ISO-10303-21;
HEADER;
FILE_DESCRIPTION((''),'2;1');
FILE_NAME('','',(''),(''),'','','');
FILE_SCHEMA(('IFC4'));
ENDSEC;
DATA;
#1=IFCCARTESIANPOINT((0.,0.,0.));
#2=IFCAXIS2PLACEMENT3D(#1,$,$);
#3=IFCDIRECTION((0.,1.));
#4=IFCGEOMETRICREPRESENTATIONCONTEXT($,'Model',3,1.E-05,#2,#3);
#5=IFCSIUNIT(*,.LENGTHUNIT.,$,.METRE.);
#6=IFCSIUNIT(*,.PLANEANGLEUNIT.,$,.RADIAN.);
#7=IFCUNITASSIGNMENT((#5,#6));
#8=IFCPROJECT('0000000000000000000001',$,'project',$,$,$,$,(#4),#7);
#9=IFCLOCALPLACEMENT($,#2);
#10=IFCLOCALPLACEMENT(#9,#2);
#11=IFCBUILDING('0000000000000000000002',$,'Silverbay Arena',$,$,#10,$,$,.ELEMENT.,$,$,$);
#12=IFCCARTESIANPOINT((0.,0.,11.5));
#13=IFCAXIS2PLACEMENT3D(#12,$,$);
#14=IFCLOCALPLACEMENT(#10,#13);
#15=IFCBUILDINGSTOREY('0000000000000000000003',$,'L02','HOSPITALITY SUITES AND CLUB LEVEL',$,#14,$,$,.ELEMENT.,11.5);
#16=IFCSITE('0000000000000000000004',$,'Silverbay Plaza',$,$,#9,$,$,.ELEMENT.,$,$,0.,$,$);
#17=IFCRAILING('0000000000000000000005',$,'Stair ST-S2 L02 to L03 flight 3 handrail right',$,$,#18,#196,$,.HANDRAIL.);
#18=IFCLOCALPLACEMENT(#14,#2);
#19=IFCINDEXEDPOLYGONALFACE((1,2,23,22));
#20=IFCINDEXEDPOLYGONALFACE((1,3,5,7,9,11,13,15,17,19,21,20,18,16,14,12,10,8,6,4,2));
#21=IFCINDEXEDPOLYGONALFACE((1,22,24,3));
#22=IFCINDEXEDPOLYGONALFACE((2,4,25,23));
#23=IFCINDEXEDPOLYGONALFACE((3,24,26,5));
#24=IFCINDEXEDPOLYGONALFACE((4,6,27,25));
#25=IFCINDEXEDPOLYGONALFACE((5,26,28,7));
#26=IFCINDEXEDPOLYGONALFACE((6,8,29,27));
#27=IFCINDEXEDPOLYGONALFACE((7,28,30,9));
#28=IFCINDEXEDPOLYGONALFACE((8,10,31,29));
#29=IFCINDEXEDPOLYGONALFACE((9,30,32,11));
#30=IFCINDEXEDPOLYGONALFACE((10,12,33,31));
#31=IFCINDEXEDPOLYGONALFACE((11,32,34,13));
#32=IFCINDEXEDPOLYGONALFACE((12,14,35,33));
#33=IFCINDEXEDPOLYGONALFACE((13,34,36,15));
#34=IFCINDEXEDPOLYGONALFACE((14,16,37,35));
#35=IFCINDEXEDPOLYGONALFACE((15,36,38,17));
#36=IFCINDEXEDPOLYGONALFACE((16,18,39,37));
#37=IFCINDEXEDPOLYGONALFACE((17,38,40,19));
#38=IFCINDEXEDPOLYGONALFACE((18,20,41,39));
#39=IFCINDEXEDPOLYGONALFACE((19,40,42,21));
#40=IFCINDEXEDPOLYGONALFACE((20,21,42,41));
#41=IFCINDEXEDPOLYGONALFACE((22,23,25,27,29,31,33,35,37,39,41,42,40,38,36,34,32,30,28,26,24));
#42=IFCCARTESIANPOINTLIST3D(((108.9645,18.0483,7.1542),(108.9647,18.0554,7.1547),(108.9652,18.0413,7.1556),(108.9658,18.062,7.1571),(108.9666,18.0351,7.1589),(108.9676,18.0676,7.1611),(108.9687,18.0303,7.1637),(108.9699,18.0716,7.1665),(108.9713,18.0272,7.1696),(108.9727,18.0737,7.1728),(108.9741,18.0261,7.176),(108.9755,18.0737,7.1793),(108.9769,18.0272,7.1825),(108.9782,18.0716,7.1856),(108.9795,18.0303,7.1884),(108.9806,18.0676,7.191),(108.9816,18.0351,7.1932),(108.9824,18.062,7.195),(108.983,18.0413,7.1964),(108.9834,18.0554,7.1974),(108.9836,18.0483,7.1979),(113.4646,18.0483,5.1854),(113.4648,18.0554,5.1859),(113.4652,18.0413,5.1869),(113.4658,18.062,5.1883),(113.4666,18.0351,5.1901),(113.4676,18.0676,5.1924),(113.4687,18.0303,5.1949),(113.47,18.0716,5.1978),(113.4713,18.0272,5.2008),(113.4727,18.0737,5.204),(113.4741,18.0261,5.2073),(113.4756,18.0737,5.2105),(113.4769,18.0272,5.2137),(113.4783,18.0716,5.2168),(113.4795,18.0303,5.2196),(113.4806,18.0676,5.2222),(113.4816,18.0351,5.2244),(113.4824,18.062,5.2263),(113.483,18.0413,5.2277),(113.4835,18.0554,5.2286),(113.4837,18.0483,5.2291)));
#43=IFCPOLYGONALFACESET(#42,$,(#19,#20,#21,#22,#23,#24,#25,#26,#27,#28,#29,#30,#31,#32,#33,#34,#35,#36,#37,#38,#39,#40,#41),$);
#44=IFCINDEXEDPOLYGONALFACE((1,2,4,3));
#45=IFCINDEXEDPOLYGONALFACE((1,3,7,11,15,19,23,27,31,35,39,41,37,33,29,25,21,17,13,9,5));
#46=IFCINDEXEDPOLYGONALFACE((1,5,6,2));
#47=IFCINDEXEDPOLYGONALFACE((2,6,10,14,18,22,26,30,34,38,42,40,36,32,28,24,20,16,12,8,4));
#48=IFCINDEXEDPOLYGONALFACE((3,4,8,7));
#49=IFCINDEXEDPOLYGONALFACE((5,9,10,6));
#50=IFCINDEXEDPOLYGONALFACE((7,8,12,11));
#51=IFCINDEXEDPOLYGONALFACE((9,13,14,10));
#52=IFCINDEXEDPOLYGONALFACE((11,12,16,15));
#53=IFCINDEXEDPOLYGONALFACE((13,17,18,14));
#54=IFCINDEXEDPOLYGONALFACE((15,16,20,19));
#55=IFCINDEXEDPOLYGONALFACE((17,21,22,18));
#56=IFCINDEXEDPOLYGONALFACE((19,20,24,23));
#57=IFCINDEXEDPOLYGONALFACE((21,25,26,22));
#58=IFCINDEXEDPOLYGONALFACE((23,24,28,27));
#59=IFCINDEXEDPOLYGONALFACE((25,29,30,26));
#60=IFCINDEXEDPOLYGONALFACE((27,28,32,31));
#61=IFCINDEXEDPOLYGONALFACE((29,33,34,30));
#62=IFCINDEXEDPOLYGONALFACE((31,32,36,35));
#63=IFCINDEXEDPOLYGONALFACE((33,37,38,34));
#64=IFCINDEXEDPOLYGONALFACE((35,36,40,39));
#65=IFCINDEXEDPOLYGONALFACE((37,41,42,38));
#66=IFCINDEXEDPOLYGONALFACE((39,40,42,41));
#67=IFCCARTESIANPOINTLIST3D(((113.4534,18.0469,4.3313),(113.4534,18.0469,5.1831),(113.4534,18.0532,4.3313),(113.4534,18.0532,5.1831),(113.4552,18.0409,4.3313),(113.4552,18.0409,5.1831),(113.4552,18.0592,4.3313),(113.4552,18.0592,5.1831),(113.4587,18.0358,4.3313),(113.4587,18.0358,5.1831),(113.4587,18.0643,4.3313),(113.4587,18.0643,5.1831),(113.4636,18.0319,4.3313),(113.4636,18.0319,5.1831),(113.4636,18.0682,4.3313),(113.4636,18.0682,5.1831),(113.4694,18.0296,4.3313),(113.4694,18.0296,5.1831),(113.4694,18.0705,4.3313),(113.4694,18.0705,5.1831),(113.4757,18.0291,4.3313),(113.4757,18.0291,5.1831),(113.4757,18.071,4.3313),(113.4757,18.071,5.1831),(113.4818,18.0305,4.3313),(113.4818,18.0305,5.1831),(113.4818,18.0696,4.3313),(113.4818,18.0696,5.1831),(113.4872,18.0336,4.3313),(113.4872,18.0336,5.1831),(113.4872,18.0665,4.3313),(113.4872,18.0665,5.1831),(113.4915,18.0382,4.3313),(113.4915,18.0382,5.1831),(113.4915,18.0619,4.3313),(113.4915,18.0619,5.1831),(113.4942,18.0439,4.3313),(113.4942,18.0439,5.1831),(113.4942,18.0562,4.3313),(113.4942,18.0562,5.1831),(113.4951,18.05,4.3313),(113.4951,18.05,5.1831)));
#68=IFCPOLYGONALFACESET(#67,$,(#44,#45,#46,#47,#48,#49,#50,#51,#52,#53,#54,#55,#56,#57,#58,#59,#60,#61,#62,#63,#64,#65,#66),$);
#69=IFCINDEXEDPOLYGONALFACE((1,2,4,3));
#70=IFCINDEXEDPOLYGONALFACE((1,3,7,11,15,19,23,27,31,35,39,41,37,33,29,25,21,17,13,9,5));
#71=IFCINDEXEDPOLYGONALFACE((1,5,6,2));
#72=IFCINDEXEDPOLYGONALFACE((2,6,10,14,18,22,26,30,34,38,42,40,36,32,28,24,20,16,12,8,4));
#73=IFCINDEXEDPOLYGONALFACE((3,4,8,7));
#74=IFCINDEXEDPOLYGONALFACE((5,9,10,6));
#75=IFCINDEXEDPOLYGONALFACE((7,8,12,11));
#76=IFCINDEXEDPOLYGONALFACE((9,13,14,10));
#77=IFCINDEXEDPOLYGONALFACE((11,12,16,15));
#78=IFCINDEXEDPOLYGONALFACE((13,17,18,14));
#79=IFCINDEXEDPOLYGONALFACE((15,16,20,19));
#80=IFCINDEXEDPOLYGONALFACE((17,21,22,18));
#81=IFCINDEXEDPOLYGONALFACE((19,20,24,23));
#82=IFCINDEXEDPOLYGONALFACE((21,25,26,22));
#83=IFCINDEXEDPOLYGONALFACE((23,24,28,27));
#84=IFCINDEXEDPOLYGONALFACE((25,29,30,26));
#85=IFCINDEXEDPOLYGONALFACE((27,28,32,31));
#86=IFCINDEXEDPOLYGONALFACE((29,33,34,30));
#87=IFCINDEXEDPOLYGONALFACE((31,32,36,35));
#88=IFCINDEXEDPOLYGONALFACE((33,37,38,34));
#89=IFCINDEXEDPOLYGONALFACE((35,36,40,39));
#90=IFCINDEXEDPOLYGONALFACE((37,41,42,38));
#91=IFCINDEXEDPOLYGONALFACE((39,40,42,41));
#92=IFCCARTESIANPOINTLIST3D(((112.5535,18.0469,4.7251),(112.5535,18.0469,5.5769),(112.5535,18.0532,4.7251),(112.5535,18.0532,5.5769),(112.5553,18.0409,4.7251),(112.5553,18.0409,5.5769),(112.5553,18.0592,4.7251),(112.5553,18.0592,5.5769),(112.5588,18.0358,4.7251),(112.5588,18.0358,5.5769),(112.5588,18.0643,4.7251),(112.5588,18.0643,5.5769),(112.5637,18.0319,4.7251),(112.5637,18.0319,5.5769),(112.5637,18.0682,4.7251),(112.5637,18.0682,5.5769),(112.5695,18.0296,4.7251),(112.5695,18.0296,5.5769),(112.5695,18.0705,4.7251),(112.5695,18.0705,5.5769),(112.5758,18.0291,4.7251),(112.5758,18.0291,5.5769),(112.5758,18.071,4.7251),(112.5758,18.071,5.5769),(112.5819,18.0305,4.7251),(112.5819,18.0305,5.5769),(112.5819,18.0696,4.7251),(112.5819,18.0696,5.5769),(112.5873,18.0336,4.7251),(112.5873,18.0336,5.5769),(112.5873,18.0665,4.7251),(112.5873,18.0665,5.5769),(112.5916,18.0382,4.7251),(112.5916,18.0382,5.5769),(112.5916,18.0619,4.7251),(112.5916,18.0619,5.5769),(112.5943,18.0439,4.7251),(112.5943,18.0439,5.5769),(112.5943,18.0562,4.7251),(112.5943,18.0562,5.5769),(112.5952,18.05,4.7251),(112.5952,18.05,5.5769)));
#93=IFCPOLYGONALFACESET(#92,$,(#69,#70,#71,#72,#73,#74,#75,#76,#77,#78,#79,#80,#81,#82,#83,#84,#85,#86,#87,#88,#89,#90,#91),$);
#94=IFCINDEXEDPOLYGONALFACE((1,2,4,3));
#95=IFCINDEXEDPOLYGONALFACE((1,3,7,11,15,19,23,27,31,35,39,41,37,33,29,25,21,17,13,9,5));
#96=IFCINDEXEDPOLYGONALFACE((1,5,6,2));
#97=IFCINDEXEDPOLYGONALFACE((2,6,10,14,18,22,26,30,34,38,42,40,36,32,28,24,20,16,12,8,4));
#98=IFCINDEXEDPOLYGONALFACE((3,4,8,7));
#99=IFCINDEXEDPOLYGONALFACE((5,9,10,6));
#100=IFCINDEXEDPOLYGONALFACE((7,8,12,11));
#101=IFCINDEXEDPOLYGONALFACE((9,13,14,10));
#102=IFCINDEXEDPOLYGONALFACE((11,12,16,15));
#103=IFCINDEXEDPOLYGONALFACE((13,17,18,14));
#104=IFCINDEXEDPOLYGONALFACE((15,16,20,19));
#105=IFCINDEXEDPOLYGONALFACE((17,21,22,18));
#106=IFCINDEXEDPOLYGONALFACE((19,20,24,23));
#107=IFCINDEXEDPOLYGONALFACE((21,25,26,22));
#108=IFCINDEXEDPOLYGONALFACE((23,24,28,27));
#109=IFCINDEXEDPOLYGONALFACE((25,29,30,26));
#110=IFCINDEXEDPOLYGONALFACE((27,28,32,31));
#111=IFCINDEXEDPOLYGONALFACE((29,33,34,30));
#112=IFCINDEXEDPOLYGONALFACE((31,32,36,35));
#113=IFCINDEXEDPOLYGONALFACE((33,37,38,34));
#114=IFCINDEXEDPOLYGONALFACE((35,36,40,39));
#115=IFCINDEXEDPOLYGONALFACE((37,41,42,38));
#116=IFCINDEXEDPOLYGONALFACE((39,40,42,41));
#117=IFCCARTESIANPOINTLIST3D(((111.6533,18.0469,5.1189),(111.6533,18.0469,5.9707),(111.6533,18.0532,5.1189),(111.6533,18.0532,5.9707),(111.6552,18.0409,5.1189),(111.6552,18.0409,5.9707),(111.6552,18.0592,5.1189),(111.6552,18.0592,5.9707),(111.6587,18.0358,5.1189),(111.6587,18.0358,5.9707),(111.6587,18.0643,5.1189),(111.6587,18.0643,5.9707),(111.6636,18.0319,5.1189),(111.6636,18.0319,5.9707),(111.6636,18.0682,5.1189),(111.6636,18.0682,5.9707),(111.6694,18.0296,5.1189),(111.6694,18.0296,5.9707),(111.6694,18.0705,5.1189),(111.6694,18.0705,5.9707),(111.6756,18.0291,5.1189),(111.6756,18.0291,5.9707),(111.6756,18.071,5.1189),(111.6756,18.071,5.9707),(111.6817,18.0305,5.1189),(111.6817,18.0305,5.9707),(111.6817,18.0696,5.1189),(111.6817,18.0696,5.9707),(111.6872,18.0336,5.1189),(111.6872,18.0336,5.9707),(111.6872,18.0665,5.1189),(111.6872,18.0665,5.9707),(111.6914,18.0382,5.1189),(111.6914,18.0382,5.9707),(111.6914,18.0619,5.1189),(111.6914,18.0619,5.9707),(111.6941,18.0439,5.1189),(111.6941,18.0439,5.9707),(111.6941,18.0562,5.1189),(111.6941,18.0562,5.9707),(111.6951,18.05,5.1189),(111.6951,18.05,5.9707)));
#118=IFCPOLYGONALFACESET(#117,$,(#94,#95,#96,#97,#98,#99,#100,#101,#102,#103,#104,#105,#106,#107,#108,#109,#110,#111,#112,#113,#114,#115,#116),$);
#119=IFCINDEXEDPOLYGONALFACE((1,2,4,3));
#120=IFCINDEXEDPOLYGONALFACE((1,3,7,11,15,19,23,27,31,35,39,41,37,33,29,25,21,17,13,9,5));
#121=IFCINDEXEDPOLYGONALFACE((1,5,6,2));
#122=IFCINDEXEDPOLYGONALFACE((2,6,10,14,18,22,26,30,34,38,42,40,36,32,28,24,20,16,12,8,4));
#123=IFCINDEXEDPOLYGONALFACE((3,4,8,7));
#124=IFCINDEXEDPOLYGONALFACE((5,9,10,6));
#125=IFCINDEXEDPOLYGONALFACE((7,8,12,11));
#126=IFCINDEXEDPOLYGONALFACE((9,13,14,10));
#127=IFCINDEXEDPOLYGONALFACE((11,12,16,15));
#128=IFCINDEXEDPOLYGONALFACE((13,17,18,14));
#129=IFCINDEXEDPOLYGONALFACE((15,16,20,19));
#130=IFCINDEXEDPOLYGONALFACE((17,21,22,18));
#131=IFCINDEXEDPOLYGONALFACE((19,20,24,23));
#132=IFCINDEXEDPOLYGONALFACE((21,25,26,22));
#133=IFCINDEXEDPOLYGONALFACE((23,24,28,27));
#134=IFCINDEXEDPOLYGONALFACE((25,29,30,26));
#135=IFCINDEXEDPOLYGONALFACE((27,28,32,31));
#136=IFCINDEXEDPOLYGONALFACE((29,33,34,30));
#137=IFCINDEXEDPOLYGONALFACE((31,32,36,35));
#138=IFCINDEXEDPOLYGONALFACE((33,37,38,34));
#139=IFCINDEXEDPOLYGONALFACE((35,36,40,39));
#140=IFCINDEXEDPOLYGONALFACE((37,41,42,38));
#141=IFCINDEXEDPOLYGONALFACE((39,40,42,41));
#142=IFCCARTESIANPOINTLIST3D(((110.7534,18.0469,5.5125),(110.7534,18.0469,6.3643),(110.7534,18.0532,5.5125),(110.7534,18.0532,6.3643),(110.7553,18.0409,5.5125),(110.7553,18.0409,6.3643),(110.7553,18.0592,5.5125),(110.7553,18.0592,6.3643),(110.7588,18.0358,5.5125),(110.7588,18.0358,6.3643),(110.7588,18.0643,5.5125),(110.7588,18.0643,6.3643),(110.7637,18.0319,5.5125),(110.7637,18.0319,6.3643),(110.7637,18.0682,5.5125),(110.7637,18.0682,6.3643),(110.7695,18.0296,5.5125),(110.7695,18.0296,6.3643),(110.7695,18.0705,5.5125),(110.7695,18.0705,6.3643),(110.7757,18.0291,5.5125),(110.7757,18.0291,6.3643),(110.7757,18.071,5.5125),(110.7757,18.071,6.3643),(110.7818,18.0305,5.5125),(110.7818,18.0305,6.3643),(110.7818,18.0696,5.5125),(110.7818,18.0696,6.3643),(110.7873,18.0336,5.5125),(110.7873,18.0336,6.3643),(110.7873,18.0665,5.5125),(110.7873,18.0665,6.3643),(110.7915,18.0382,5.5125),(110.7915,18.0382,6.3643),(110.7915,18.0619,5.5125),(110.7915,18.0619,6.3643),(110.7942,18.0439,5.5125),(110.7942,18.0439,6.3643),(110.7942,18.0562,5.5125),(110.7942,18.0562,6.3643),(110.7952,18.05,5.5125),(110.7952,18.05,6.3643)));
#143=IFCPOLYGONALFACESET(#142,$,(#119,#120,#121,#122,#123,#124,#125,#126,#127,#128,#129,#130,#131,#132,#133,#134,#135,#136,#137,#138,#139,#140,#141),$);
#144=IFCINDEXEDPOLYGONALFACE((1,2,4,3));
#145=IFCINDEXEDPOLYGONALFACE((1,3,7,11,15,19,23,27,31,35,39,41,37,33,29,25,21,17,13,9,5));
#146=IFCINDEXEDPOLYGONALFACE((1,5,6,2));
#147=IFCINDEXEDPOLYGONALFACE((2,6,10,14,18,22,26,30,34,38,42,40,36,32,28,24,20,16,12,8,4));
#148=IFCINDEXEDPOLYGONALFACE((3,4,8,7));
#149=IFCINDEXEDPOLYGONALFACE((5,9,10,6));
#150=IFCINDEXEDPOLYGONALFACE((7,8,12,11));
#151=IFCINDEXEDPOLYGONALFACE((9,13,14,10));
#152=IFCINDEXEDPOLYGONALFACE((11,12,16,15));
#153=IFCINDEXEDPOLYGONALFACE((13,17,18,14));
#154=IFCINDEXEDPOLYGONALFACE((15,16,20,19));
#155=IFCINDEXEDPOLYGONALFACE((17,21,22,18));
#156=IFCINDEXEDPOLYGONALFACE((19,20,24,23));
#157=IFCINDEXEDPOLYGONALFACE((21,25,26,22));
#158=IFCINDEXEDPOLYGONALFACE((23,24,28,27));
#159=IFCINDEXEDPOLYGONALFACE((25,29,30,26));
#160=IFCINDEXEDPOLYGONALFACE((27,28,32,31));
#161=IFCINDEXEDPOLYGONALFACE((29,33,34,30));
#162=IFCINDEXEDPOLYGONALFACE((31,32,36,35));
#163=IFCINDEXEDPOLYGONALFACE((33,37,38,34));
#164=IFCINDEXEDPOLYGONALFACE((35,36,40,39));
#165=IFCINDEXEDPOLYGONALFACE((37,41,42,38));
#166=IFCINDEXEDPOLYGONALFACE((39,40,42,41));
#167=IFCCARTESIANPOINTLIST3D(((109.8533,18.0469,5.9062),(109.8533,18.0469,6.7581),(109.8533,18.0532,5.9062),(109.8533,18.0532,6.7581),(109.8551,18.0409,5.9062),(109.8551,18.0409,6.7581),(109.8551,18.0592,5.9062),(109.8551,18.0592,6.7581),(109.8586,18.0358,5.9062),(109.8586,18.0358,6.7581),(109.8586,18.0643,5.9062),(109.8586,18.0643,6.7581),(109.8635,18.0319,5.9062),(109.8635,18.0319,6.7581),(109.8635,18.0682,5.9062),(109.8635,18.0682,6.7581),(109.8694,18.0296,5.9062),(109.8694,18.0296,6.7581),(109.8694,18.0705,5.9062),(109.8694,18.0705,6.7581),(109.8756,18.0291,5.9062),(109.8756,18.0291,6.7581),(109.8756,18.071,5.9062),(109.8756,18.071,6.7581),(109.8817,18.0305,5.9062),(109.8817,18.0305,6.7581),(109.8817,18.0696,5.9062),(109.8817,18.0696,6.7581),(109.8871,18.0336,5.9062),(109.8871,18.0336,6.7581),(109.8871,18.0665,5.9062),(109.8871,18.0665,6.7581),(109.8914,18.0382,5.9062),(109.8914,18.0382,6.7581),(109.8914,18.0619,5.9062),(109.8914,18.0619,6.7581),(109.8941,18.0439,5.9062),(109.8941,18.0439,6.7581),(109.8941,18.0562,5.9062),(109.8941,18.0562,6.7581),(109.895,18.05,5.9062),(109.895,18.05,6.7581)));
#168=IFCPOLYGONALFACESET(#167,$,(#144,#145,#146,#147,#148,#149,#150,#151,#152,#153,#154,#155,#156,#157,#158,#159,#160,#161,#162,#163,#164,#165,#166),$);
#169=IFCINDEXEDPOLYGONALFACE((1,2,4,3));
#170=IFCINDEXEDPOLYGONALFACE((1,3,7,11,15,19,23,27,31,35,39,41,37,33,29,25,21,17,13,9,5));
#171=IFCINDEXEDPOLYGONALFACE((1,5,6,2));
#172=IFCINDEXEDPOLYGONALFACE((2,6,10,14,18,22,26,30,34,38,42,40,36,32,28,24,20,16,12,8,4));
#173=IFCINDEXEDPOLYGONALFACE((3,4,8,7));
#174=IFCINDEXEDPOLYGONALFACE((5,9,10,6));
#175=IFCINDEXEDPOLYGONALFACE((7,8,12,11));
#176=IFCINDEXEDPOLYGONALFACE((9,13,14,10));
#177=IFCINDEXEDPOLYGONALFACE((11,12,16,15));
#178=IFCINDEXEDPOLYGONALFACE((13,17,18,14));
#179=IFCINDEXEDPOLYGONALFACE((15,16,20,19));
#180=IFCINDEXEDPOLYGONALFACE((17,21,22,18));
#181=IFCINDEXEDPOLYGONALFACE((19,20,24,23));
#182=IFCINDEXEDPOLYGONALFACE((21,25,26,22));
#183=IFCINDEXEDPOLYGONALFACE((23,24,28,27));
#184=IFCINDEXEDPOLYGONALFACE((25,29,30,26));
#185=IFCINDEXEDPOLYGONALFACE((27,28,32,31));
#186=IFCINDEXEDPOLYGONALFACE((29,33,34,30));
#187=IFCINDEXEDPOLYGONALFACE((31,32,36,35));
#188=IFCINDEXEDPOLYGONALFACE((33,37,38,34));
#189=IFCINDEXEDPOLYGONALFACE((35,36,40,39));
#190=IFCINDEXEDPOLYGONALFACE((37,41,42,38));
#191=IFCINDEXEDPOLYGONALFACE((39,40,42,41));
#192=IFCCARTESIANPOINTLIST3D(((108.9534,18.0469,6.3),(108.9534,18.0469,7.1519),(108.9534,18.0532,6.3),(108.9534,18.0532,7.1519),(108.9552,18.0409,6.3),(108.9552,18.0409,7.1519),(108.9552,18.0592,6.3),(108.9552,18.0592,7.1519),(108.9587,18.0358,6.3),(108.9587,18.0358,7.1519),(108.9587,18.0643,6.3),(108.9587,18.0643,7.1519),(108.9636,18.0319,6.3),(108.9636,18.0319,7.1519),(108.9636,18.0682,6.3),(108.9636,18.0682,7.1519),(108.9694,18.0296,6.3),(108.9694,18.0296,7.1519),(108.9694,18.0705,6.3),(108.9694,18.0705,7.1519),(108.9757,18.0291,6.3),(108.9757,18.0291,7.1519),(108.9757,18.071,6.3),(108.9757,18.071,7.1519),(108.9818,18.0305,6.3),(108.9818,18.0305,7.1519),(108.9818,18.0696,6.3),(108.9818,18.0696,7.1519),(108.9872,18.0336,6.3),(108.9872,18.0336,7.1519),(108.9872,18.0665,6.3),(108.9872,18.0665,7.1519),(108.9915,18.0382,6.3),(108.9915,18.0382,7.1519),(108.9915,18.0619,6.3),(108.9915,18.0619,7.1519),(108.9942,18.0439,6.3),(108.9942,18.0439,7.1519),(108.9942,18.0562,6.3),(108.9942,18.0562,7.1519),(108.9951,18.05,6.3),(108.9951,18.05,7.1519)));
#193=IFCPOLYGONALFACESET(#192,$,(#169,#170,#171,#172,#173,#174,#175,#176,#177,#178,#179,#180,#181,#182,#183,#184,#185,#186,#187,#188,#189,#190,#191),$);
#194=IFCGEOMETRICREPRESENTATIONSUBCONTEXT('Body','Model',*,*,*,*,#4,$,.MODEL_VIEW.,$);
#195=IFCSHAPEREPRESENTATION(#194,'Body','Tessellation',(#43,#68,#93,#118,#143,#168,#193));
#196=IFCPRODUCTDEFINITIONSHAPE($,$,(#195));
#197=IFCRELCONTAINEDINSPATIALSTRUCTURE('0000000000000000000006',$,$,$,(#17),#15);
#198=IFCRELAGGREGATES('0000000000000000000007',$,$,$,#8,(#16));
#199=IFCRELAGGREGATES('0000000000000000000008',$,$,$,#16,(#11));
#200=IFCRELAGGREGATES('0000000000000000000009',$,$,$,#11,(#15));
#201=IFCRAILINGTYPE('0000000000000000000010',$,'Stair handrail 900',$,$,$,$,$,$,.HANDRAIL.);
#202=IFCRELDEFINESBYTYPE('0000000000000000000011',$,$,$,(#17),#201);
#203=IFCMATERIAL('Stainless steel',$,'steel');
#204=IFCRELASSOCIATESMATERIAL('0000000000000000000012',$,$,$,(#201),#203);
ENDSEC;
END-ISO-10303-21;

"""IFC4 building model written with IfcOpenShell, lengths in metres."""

from ifc_helpers import new_model, si_unit, direction, frame, origin, origin_2d, place, context, subcontext, project, spatial, circle, extrude, material, type_object, element, save


model = new_model("IFC4")

# Units and contexts
model_context = context("Model", 3, precision=1e-05, world=origin(), true_north=direction((0.0, 1.0)))
body_context = subcontext(model_context, "Body", "Model", "MODEL_VIEW")
ifc_project = project(units=[si_unit("LENGTHUNIT", "METRE"), si_unit("PLANEANGLEUNIT", "RADIAN")], contexts=[model_context])

# Site, building, storey
site_placement = place(None, origin())
site = spatial("IfcSite", under=ifc_project, at=site_placement, Name="Silverbay Plaza", CompositionType="ELEMENT", RefElevation=0.0)
building_placement = place(site_placement, origin())
building = spatial("IfcBuilding", under=site, at=building_placement, Name="Silverbay Arena", CompositionType="ELEMENT")
storey_placement = place(building_placement, frame((0.0, 0.0, 11.5)))
storey = spatial("IfcBuildingStorey", under=building, at=storey_placement, Name="L02", Description="HOSPITALITY SUITES AND CLUB LEVEL", CompositionType="ELEMENT", Elevation=11.5)

# Railing
ifc_material_1 = material(Name="Stainless steel", Category="steel")
railing_type = type_object("IfcRailingType", Name="Stair handrail 900", PredefinedType="HANDRAIL", material=ifc_material_1)
railing_1_placement = place(storey_placement, frame((113.4741, 18.05, 4.3313)))
element("IfcRailing", 1, at=railing_1_placement, inside=storey, type_object=railing_type, Name="Stair ST-S2 L02 to L03 flight 3 handrail right", PredefinedType="HANDRAIL", context=body_context, shape_type="SweptSolid", body=[
    extrude(circle(Radius=0.0239, at=origin_2d()), frame((0.0, 0.0, 0.876), z_axis=(-0.916157, 0.0, 0.400819), x_axis=(0.0, -1.0, 0.0)), (0.0, 0.0, 1.0), 4.9119),
    extrude(circle(Radius=0.021, at=origin_2d()), origin(), (0.0, 0.0, 1.0), 0.8518),
    extrude(circle(Radius=0.021, at=origin_2d()), frame((-0.8999, 0.0, 0.3938)), (0.0, 0.0, 1.0), 0.8518),
    extrude(circle(Radius=0.021, at=origin_2d()), frame((-1.8, 0.0, 0.7876)), (0.0, 0.0, 1.0), 0.8518),
    extrude(circle(Radius=0.021, at=origin_2d()), frame((-2.7, 0.0, 1.1812)), (0.0, 0.0, 1.0), 0.8518),
    extrude(circle(Radius=0.021, at=origin_2d()), frame((-3.6001, 0.0, 1.575)), (0.0, 0.0, 1.0), 0.8518),
    extrude(circle(Radius=0.021, at=origin_2d()), frame((-4.5, 0.0, 1.9688)), (0.0, 0.0, 1.0), 0.8518),
])

save(model, "model.ifc")
